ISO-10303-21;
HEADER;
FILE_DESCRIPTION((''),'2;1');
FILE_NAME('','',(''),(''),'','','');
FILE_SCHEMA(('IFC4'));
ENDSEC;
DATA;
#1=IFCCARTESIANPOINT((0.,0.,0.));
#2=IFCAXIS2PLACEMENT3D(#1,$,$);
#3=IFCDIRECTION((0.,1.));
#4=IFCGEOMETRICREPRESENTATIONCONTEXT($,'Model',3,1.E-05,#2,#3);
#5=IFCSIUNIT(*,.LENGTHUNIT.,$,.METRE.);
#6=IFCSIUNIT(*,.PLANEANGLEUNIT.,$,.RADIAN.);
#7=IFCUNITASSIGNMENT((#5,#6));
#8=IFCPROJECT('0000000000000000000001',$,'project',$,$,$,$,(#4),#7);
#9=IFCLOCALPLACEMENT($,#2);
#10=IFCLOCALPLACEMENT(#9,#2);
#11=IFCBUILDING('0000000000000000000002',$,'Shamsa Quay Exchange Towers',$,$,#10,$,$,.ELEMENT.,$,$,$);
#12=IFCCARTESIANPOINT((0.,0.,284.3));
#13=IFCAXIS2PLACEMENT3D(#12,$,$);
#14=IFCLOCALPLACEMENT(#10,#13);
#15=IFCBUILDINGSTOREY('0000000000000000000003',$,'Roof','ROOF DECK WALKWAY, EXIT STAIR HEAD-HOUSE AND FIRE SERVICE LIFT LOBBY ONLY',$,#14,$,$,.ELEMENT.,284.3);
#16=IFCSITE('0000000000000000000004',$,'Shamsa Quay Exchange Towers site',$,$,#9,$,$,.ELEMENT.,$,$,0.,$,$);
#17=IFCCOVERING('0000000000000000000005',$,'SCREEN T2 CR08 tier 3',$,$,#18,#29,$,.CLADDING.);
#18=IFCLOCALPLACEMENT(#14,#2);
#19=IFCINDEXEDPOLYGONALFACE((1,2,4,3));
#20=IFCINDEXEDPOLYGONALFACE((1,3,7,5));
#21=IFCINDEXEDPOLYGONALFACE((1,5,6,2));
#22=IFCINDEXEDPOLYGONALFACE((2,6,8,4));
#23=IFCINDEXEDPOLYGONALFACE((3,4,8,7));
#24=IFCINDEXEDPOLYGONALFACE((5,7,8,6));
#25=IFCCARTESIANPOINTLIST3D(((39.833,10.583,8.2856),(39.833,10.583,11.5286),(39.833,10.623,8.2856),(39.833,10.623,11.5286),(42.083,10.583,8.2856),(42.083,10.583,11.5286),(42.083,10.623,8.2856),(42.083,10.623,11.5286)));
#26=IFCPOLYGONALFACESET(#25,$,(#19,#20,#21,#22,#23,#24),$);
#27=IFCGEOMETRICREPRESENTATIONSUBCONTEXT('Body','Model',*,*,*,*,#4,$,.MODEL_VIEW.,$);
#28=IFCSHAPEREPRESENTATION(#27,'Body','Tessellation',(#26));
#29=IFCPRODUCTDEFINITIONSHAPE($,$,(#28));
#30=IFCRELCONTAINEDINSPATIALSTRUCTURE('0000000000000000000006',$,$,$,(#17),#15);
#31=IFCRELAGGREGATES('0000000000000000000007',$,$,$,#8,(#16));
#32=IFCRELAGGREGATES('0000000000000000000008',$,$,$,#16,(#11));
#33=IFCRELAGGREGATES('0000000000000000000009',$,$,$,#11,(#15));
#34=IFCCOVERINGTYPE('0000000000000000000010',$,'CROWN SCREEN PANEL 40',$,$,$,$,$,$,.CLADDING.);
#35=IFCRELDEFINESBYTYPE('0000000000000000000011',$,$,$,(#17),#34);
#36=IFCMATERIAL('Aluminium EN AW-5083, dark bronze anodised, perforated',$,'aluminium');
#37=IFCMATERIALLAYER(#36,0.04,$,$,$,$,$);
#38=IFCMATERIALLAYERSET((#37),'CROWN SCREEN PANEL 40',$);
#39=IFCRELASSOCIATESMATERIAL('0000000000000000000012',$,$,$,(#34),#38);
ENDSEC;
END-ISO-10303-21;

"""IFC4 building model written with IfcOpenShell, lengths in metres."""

from ifc_helpers import new_model, si_unit, direction, frame, origin, origin_2d, place, context, subcontext, project, spatial, rectangle, extrude, material, layer, layer_set, type_object, element, save


model = new_model("IFC4")

# Units and contexts
model_context = context("Model", 3, precision=1e-05, world=origin(), true_north=direction((0.0, 1.0)))
body_context = subcontext(model_context, "Body", "Model", "MODEL_VIEW")
ifc_project = project(units=[si_unit("LENGTHUNIT", "METRE"), si_unit("PLANEANGLEUNIT", "RADIAN")], contexts=[model_context])

# Site, building, storey
site_placement = place(None, origin())
site = spatial("IfcSite", under=ifc_project, at=site_placement, Name="Shamsa Quay Exchange Towers site", CompositionType="ELEMENT", RefElevation=0.0)
building_placement = place(site_placement, origin())
building = spatial("IfcBuilding", under=site, at=building_placement, Name="Shamsa Quay Exchange Towers", CompositionType="ELEMENT")
storey_placement = place(building_placement, frame((0.0, 0.0, 284.3)))
storey = spatial("IfcBuildingStorey", under=building, at=storey_placement, Name="Roof", Description="ROOF DECK WALKWAY, EXIT STAIR HEAD-HOUSE AND FIRE SERVICE LIFT LOBBY ONLY", CompositionType="ELEMENT", Elevation=284.3)

# Covering
ifc_material_1 = material(Name="Aluminium EN AW-5083, dark bronze anodised, perforated", Category="aluminium")
ifc_layer_1 = layer(ifc_material_1, 0.04)
ifc_layer_set_1 = layer_set([ifc_layer_1], Name="CROWN SCREEN PANEL 40")
covering_type = type_object("IfcCoveringType", Name="CROWN SCREEN PANEL 40", PredefinedType="CLADDING", material=ifc_layer_set_1)
for number, where, z_axis, x_axis, name in (
    (1, (40.958, 10.603, 8.2856), (0.0, 0.0, 1.0), (-1.0, 0.0, 0.0), "SCREEN T2 CR08 tier 3"),
):
    element("IfcCovering", number, at=place(storey_placement, frame(where, z_axis=z_axis, x_axis=x_axis)), inside=storey, type_object=covering_type, Name=name, PredefinedType="CLADDING", context=body_context, shape_type="SweptSolid", body=[
        extrude(rectangle(XDim=2.25, YDim=0.04, at=origin_2d()), origin(), (0.0, 0.0, 1.0), 3.2429),
    ])

save(model, "model.ifc")
